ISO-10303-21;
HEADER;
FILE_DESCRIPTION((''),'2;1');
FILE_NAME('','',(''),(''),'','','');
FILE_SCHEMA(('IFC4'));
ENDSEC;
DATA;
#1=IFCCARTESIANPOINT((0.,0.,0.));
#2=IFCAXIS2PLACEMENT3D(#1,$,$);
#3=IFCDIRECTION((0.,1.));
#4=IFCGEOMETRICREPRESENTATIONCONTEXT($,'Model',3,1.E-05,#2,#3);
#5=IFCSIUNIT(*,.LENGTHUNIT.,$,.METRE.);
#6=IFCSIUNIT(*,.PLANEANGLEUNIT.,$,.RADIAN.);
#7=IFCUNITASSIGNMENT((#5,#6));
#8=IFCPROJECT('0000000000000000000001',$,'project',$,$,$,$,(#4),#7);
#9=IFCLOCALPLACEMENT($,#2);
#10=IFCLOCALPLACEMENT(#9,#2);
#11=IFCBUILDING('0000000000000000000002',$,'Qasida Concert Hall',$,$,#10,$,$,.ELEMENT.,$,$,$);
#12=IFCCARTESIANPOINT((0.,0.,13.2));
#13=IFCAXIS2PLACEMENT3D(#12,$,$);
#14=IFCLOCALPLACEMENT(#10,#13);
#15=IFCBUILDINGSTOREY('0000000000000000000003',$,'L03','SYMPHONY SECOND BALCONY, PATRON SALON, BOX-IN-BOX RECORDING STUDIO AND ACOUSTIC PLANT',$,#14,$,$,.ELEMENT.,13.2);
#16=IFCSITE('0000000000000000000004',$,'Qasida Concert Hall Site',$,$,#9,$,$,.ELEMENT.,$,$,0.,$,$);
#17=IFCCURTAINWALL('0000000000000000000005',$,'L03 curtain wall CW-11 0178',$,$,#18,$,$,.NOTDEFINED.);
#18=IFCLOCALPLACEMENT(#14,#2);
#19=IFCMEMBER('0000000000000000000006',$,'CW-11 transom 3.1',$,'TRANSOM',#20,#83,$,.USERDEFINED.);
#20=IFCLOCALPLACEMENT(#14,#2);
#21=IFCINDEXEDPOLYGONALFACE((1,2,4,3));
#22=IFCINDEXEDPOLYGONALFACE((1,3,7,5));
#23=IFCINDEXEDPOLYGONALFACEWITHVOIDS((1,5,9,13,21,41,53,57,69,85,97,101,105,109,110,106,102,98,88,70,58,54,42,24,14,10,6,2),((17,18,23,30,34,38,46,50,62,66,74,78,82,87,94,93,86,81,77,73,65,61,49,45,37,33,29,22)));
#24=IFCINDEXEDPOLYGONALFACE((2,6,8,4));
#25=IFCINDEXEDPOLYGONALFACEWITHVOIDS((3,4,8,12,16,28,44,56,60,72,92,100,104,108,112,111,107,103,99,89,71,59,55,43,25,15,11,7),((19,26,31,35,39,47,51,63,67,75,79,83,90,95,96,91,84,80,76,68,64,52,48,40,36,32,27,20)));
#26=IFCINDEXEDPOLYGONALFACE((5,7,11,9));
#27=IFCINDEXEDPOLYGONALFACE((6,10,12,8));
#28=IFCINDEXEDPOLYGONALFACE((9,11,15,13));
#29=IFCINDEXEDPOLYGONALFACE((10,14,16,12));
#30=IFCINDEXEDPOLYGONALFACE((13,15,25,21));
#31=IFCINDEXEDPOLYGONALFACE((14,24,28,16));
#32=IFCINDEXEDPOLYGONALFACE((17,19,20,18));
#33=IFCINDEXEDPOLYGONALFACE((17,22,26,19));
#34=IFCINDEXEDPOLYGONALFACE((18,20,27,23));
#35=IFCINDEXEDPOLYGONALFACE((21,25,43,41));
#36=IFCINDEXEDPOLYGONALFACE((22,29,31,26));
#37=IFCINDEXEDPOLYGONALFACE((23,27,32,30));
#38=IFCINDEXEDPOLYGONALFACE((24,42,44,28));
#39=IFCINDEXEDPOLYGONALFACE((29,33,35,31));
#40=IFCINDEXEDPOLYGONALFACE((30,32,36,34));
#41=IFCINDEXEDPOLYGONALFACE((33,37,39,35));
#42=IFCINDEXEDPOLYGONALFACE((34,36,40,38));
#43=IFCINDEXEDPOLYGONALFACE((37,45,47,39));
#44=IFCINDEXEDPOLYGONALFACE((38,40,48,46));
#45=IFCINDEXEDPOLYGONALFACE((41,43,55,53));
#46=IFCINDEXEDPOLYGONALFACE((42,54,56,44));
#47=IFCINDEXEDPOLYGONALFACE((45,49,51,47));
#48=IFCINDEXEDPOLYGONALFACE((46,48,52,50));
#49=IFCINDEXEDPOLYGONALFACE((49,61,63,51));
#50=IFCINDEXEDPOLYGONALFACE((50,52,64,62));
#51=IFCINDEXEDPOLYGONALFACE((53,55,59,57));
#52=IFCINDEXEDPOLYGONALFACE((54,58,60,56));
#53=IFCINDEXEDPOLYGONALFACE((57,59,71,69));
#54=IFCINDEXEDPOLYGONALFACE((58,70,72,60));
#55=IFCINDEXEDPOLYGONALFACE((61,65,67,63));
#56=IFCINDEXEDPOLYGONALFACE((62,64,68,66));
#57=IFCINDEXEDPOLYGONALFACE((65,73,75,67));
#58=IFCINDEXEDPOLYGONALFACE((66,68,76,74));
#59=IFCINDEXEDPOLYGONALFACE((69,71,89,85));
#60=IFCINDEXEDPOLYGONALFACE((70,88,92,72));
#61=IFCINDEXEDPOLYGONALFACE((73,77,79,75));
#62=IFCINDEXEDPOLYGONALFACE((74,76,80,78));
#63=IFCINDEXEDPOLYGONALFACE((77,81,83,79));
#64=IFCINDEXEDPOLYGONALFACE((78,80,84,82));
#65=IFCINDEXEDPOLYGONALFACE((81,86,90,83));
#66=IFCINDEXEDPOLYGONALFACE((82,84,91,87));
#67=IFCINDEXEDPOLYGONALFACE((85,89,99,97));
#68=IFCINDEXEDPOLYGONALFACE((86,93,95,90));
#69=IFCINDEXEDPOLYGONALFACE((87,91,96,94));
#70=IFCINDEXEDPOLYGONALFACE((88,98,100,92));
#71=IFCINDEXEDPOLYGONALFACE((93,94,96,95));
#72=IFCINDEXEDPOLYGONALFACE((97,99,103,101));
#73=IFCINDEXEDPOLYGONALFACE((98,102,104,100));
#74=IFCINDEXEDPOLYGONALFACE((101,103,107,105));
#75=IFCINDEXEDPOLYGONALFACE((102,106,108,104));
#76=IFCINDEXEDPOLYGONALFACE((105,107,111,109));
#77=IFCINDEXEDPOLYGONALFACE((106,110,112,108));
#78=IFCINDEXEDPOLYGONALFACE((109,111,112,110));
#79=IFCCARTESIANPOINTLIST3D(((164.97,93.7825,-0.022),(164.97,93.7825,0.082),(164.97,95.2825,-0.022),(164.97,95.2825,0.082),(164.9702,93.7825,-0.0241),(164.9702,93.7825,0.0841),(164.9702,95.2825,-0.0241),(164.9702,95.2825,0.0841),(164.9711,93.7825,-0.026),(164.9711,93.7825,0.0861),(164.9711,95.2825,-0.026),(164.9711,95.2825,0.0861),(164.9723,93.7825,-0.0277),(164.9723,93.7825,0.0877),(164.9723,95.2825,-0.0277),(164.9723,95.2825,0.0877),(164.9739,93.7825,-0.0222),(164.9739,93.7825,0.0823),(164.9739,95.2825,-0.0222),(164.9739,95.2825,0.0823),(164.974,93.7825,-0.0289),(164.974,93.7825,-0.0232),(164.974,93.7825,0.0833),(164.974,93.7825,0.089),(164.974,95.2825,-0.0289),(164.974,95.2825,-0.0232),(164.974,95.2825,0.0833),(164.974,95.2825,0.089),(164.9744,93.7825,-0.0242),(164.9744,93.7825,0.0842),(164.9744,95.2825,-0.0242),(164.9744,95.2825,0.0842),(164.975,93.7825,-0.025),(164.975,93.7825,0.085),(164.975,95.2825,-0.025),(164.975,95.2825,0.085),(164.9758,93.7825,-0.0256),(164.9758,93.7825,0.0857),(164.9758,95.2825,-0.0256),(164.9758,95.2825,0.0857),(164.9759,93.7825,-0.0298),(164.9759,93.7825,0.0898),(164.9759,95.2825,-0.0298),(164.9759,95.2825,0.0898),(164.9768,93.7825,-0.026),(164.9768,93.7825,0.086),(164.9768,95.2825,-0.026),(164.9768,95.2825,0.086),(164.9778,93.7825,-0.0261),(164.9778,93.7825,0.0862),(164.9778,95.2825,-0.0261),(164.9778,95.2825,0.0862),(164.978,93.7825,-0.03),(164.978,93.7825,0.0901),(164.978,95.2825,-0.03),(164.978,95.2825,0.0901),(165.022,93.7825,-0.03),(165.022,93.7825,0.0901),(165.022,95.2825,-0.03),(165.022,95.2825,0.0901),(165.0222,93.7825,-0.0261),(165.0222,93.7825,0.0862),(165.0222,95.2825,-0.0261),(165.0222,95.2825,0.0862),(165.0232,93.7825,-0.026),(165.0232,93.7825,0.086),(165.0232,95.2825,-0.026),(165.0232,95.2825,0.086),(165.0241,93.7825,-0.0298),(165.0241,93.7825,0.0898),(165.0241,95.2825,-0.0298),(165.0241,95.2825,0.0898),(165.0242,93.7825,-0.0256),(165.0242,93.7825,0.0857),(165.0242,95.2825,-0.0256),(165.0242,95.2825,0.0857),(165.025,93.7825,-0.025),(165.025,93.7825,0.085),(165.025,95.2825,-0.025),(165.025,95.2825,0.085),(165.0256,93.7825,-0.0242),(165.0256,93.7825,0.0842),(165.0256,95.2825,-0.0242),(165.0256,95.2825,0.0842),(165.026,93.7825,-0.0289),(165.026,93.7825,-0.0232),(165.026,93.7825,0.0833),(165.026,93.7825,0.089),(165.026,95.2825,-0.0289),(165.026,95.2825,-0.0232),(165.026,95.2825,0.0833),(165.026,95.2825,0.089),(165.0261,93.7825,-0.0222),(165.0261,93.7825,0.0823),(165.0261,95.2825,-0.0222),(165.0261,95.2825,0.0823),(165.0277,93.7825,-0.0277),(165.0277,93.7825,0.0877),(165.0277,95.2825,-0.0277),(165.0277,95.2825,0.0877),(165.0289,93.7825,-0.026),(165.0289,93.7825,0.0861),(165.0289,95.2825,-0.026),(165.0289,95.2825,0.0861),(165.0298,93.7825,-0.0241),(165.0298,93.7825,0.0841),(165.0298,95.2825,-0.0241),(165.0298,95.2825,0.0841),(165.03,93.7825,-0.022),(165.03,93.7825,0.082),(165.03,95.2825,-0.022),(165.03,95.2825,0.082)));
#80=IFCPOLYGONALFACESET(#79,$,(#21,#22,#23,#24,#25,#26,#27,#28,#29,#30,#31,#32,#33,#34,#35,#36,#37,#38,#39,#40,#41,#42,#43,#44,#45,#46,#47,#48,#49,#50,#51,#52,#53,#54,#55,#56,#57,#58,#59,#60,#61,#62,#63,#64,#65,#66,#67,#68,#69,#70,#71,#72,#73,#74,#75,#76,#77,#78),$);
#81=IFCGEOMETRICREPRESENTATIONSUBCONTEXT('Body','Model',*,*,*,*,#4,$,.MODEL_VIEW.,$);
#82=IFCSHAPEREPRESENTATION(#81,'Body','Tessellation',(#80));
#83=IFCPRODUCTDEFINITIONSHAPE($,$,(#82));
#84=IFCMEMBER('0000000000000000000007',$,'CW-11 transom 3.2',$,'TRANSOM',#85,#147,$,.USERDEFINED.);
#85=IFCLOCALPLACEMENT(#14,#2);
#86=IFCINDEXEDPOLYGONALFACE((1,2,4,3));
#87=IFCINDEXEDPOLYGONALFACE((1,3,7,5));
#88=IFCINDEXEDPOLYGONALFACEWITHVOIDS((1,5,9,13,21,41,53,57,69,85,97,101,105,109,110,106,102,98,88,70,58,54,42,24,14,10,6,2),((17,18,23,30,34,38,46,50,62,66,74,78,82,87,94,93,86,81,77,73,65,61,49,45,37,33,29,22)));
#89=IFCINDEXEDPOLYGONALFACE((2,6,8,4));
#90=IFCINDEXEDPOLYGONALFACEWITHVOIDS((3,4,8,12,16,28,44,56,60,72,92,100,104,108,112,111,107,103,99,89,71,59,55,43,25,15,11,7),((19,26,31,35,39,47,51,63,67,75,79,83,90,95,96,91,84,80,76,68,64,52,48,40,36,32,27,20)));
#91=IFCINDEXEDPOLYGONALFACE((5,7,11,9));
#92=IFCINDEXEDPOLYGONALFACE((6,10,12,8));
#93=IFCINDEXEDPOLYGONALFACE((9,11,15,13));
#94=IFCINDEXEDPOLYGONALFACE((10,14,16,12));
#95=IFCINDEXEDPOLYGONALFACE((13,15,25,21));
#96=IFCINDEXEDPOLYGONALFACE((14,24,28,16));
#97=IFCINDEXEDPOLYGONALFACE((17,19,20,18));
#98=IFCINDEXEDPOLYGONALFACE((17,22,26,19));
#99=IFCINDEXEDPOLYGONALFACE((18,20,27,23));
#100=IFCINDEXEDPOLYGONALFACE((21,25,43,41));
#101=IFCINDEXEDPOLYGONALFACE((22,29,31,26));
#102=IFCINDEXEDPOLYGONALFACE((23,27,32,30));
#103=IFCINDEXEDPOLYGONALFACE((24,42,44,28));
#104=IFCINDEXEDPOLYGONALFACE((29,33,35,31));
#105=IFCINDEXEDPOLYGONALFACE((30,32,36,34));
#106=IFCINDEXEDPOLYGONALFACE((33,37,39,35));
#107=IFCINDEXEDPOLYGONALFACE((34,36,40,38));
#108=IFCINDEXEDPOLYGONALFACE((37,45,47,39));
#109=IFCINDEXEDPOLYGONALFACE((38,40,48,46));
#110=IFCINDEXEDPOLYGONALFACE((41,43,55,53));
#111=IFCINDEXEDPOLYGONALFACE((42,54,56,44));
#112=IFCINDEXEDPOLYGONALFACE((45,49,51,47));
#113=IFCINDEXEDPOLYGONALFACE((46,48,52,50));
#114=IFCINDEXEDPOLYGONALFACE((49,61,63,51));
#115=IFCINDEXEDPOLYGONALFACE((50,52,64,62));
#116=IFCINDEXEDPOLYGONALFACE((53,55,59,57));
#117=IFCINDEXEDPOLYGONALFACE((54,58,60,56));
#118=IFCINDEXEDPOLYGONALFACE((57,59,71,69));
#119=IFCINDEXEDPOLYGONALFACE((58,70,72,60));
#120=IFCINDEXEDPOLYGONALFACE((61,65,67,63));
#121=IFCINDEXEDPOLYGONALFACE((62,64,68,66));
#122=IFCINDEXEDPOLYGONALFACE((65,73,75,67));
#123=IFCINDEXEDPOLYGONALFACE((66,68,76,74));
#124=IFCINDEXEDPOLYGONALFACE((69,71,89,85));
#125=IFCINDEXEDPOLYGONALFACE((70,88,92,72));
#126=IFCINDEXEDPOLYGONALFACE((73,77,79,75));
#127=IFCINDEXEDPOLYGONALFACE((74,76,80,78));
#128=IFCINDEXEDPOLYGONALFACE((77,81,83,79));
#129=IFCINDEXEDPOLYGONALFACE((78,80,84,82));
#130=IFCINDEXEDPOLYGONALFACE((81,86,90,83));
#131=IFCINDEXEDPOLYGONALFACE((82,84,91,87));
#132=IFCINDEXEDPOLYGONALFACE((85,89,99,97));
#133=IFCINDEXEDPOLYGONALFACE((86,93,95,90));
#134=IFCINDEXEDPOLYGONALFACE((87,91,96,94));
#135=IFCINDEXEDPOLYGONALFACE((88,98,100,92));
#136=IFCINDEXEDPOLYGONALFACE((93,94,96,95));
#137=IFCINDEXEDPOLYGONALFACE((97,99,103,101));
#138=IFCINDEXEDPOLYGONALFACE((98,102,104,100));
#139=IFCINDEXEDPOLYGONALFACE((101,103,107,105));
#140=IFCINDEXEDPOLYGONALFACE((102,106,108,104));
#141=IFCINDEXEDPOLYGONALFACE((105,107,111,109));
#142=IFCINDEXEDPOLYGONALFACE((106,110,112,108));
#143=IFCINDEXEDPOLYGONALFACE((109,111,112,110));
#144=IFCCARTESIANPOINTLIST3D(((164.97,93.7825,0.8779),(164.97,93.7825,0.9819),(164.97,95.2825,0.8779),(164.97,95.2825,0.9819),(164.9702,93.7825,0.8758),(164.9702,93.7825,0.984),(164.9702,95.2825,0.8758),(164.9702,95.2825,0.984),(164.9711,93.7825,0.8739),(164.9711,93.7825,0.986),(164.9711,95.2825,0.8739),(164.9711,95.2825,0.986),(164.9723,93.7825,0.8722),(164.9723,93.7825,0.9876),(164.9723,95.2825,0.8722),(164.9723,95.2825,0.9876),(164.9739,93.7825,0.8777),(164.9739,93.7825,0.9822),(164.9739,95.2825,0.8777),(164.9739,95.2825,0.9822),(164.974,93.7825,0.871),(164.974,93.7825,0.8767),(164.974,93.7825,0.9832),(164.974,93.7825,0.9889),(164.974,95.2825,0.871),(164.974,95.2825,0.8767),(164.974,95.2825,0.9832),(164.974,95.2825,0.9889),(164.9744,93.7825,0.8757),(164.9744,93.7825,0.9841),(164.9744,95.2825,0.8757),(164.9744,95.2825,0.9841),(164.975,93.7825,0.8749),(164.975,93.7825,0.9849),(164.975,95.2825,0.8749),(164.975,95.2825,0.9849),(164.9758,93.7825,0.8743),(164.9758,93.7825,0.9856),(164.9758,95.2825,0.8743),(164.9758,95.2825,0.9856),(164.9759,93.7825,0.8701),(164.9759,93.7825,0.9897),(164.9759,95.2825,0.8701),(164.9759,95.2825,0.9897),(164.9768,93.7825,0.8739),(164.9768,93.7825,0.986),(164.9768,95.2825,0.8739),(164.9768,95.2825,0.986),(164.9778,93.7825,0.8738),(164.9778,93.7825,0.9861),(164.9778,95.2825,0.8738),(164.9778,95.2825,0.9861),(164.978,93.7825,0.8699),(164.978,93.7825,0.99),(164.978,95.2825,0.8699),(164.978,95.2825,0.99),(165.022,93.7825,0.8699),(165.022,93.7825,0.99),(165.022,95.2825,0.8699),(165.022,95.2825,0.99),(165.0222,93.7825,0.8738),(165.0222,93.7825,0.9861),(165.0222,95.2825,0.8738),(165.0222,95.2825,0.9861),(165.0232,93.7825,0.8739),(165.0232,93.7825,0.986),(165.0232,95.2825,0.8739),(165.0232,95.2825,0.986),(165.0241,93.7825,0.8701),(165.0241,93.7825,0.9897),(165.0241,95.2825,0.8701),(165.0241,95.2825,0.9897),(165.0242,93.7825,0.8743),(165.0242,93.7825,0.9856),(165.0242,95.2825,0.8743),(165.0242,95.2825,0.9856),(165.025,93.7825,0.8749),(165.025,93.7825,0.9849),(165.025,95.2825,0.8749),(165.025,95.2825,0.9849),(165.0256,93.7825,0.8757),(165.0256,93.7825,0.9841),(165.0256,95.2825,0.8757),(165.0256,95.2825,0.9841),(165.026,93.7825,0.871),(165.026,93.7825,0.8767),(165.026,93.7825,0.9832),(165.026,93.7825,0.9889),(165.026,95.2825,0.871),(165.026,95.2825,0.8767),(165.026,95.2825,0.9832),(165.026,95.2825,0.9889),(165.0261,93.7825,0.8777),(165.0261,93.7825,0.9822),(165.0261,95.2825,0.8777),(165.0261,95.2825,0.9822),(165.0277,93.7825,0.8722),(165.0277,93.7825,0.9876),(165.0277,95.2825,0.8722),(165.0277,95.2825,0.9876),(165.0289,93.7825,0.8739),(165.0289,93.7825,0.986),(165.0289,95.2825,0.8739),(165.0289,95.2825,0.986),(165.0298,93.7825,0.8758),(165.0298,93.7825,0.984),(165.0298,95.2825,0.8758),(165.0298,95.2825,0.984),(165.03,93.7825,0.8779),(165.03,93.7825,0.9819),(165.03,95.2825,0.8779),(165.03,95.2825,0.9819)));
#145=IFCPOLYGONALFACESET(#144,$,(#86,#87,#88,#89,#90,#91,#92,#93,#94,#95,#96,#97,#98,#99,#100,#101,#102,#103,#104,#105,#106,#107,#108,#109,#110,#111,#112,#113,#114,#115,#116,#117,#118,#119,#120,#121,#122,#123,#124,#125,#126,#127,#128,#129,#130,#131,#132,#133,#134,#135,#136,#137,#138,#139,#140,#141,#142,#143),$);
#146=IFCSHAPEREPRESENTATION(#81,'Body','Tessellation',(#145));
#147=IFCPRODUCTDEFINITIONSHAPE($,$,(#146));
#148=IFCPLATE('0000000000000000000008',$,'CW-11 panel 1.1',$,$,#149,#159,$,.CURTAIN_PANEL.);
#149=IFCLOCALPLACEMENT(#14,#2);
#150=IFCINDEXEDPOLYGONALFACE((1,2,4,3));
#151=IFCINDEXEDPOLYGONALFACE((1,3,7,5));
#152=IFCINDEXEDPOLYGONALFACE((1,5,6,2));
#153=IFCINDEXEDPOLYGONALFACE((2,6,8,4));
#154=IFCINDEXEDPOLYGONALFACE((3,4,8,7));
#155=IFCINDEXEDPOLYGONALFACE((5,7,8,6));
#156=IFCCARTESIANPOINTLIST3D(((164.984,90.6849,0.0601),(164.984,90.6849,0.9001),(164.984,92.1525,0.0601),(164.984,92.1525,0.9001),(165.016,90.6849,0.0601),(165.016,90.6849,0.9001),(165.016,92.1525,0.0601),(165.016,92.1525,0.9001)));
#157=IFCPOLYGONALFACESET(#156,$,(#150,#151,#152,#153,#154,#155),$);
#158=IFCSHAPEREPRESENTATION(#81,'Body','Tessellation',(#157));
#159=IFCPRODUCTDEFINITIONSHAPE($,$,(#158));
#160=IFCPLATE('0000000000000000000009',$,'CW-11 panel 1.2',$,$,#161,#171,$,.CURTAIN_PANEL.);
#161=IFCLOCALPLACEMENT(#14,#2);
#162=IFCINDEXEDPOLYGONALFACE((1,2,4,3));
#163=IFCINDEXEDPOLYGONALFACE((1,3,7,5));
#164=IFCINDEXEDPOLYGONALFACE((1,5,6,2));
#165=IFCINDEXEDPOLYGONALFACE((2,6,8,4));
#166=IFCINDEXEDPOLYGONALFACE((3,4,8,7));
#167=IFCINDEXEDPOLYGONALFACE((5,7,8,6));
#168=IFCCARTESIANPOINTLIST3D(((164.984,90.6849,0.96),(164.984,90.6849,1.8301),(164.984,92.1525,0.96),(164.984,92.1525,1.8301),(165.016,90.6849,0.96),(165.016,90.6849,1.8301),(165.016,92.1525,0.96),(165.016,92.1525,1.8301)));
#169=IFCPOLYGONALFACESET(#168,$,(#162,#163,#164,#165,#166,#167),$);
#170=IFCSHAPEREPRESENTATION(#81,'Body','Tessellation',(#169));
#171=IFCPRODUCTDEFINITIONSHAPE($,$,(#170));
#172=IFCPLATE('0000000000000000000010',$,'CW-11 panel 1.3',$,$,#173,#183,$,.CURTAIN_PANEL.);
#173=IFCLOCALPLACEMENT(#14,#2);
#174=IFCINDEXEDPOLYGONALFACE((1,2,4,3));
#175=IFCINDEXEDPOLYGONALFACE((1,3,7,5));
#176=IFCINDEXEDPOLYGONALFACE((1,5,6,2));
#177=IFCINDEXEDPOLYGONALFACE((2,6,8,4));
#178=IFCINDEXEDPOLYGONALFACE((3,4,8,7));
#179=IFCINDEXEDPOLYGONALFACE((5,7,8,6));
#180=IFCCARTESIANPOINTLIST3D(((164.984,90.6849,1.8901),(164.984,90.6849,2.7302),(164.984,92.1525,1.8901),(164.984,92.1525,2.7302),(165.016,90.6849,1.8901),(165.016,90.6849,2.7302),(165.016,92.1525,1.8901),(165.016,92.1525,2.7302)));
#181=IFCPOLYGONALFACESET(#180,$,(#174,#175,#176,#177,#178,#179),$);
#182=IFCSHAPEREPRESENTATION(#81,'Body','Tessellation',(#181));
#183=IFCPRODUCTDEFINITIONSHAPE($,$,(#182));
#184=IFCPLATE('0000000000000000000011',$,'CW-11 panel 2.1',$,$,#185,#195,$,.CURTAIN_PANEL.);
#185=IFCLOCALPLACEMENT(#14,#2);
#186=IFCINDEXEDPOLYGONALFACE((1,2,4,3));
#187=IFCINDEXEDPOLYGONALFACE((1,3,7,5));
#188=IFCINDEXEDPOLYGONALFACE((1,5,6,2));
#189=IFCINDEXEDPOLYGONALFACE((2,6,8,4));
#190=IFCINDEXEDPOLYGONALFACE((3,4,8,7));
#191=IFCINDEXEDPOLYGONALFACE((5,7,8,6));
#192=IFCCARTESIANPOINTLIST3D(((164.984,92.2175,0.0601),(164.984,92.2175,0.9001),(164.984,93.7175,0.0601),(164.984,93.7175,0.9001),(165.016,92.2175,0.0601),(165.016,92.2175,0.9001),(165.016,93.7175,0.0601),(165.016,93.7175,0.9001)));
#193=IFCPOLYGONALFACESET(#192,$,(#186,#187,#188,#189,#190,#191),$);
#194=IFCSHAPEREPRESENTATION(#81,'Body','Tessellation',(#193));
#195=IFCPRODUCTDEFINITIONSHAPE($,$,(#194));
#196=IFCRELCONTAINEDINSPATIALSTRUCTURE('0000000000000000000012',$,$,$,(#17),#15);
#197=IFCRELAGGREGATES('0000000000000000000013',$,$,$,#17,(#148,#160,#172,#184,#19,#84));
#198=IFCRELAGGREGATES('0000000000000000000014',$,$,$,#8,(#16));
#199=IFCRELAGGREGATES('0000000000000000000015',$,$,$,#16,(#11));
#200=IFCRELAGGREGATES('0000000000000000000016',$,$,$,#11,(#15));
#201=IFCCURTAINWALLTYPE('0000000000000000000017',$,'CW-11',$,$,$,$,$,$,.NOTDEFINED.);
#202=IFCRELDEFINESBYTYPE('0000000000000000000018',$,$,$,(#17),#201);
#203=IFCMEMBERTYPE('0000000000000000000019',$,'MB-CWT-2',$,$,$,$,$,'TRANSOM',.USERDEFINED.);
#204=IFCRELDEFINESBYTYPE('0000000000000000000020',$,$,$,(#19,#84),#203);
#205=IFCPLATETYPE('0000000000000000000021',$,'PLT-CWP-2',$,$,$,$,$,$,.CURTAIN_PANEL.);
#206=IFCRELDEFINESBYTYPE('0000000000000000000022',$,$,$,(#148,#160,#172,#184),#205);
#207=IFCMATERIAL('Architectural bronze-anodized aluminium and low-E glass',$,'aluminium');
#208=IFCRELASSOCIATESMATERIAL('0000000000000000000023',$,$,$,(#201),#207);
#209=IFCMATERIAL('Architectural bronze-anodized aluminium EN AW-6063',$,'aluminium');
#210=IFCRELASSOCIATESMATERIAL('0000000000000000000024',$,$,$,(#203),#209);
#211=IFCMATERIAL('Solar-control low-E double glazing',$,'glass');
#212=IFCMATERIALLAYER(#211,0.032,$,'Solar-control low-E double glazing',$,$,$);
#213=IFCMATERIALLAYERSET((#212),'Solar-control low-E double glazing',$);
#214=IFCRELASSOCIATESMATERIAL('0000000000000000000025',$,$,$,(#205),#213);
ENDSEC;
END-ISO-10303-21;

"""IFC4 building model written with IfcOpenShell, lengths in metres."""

from ifc_helpers import new_model, si_unit, direction, frame, origin, origin_2d, place, context, subcontext, project, spatial, rectangle, hollow_rectangle, extrude, material, layer, layer_set, material_profile, profile_set, type_object, element, aggregate, save


model = new_model("IFC4")

# Units and contexts
model_context = context("Model", 3, precision=1e-05, world=origin(), true_north=direction((0.0, 1.0)))
body_context = subcontext(model_context, "Body", "Model", "MODEL_VIEW")
ifc_project = project(units=[si_unit("LENGTHUNIT", "METRE"), si_unit("PLANEANGLEUNIT", "RADIAN")], contexts=[model_context])

# Site, building, storey
site_placement = place(None, origin())
site = spatial("IfcSite", under=ifc_project, at=site_placement, Name="Qasida Concert Hall Site", CompositionType="ELEMENT", RefElevation=0.0)
building_placement = place(site_placement, origin())
building = spatial("IfcBuilding", under=site, at=building_placement, Name="Qasida Concert Hall", CompositionType="ELEMENT")
storey_placement = place(building_placement, frame((0.0, 0.0, 13.2)))
storey = spatial("IfcBuildingStorey", under=building, at=storey_placement, Name="L03", Description="SYMPHONY SECOND BALCONY, PATRON SALON, BOX-IN-BOX RECORDING STUDIO AND ACOUSTIC PLANT", CompositionType="ELEMENT", Elevation=13.2)

# Curtain wall, members, plates
ifc_material_1 = material(Name="Architectural bronze-anodized aluminium and low-E glass", Category="aluminium")
curtain_wall_type = type_object("IfcCurtainWallType", Name="CW-11", PredefinedType="NOTDEFINED", material=ifc_material_1)
curtain_wall_placement = place(storey_placement, origin())
curtain_wall = element("IfcCurtainWall", 1, at=curtain_wall_placement, inside=storey, type_object=curtain_wall_type, Name="L03 curtain wall CW-11 0178", PredefinedType="NOTDEFINED")
ifc_material_2 = material(Name="Architectural bronze-anodized aluminium EN AW-6063", Category="aluminium")
ifc_material_profile_1 = material_profile(ifc_material_2, hollow_rectangle(XDim=0.0601, YDim=0.1201, WallThickness=0.0039, InnerFilletRadius=0.0039, OuterFilletRadius=0.0081, at=origin_2d()), Name="CWT 120x60x4")
ifc_profile_set_1 = profile_set([ifc_material_profile_1], Name="Architectural bronze-anodized aluminium EN AW-6063")
member_type_1 = type_object("IfcMemberType", Name="MB-CWT-2", ElementType="TRANSOM", PredefinedType="USERDEFINED", material=ifc_profile_set_1)
member_1_placement = place(storey_placement, frame((165.0, 93.7825, 0.03), z_axis=(0.0, 1.0, 0.0), x_axis=(-1.0, 0.0, 0.0)))
member_1 = element("IfcMember", 2, at=member_1_placement, type_object=member_type_1, Name="CW-11 transom 3.1", ObjectType="TRANSOM", PredefinedType="USERDEFINED", context=body_context, shape_type="SweptSolid", body=[
    extrude(hollow_rectangle(XDim=0.0601, YDim=0.1201, WallThickness=0.0039, InnerFilletRadius=0.0039, OuterFilletRadius=0.0081, at=origin_2d()), origin(), (0.0, 0.0, 1.0), 1.5),
])
member_2_placement = place(storey_placement, frame((165.0, 93.7825, 0.9299), z_axis=(0.0, 1.0, 0.0), x_axis=(-1.0, 0.0, 0.0)))
member_2 = element("IfcMember", 3, at=member_2_placement, type_object=member_type_1, Name="CW-11 transom 3.2", ObjectType="TRANSOM", PredefinedType="USERDEFINED", context=body_context, shape_type="SweptSolid", body=[
    extrude(hollow_rectangle(XDim=0.0601, YDim=0.1201, WallThickness=0.0039, InnerFilletRadius=0.0039, OuterFilletRadius=0.0081, at=origin_2d()), origin(), (0.0, 0.0, 1.0), 1.5),
])
ifc_material_3 = material(Name="Solar-control low-E double glazing", Category="glass")
ifc_layer_1 = layer(ifc_material_3, 0.032, Name="Solar-control low-E double glazing")
ifc_layer_set_1 = layer_set([ifc_layer_1], Name="Solar-control low-E double glazing")
plate_type_1 = type_object("IfcPlateType", Name="PLT-CWP-2", PredefinedType="CURTAIN_PANEL", material=ifc_layer_set_1)
plate_1_placement = place(storey_placement, frame((165.0, 91.4187, 0.0601), z_axis=(0.0, 0.0, 1.0), x_axis=(0.0, 1.0, 0.0)))
plate_1 = element("IfcPlate", 4, at=plate_1_placement, type_object=plate_type_1, Name="CW-11 panel 1.1", PredefinedType="CURTAIN_PANEL", context=body_context, shape_type="SweptSolid", body=[
    extrude(rectangle(XDim=1.4675, YDim=0.032, at=origin_2d()), origin(), (0.0, 0.0, 1.0), 0.8401),
])
plate_2_placement = place(storey_placement, frame((165.0, 91.4187, 0.96), z_axis=(0.0, 0.0, 1.0), x_axis=(0.0, 1.0, 0.0)))
plate_2 = element("IfcPlate", 5, at=plate_2_placement, type_object=plate_type_1, Name="CW-11 panel 1.2", PredefinedType="CURTAIN_PANEL", context=body_context, shape_type="SweptSolid", body=[
    extrude(rectangle(XDim=1.4675, YDim=0.032, at=origin_2d()), origin(), (0.0, 0.0, 1.0), 0.8701),
])
plate_3_placement = place(storey_placement, frame((165.0, 91.4187, 1.8901), z_axis=(0.0, 0.0, 1.0), x_axis=(0.0, 1.0, 0.0)))
plate_3 = element("IfcPlate", 6, at=plate_3_placement, type_object=plate_type_1, Name="CW-11 panel 1.3", PredefinedType="CURTAIN_PANEL", context=body_context, shape_type="SweptSolid", body=[
    extrude(rectangle(XDim=1.4675, YDim=0.032, at=origin_2d()), origin(), (0.0, 0.0, 1.0), 0.8401),
])
plate_4_placement = place(storey_placement, frame((165.0, 92.9675, 0.0601), z_axis=(0.0, 0.0, 1.0), x_axis=(0.0, 1.0, 0.0)))
plate_4 = element("IfcPlate", 7, at=plate_4_placement, type_object=plate_type_1, Name="CW-11 panel 2.1", PredefinedType="CURTAIN_PANEL", context=body_context, shape_type="SweptSolid", body=[
    extrude(rectangle(XDim=1.5, YDim=0.032, at=origin_2d()), origin(), (0.0, 0.0, 1.0), 0.8401),
])
aggregate(curtain_wall, [plate_1, plate_2, plate_3, plate_4, member_1, member_2])

save(model, "model.ifc")
